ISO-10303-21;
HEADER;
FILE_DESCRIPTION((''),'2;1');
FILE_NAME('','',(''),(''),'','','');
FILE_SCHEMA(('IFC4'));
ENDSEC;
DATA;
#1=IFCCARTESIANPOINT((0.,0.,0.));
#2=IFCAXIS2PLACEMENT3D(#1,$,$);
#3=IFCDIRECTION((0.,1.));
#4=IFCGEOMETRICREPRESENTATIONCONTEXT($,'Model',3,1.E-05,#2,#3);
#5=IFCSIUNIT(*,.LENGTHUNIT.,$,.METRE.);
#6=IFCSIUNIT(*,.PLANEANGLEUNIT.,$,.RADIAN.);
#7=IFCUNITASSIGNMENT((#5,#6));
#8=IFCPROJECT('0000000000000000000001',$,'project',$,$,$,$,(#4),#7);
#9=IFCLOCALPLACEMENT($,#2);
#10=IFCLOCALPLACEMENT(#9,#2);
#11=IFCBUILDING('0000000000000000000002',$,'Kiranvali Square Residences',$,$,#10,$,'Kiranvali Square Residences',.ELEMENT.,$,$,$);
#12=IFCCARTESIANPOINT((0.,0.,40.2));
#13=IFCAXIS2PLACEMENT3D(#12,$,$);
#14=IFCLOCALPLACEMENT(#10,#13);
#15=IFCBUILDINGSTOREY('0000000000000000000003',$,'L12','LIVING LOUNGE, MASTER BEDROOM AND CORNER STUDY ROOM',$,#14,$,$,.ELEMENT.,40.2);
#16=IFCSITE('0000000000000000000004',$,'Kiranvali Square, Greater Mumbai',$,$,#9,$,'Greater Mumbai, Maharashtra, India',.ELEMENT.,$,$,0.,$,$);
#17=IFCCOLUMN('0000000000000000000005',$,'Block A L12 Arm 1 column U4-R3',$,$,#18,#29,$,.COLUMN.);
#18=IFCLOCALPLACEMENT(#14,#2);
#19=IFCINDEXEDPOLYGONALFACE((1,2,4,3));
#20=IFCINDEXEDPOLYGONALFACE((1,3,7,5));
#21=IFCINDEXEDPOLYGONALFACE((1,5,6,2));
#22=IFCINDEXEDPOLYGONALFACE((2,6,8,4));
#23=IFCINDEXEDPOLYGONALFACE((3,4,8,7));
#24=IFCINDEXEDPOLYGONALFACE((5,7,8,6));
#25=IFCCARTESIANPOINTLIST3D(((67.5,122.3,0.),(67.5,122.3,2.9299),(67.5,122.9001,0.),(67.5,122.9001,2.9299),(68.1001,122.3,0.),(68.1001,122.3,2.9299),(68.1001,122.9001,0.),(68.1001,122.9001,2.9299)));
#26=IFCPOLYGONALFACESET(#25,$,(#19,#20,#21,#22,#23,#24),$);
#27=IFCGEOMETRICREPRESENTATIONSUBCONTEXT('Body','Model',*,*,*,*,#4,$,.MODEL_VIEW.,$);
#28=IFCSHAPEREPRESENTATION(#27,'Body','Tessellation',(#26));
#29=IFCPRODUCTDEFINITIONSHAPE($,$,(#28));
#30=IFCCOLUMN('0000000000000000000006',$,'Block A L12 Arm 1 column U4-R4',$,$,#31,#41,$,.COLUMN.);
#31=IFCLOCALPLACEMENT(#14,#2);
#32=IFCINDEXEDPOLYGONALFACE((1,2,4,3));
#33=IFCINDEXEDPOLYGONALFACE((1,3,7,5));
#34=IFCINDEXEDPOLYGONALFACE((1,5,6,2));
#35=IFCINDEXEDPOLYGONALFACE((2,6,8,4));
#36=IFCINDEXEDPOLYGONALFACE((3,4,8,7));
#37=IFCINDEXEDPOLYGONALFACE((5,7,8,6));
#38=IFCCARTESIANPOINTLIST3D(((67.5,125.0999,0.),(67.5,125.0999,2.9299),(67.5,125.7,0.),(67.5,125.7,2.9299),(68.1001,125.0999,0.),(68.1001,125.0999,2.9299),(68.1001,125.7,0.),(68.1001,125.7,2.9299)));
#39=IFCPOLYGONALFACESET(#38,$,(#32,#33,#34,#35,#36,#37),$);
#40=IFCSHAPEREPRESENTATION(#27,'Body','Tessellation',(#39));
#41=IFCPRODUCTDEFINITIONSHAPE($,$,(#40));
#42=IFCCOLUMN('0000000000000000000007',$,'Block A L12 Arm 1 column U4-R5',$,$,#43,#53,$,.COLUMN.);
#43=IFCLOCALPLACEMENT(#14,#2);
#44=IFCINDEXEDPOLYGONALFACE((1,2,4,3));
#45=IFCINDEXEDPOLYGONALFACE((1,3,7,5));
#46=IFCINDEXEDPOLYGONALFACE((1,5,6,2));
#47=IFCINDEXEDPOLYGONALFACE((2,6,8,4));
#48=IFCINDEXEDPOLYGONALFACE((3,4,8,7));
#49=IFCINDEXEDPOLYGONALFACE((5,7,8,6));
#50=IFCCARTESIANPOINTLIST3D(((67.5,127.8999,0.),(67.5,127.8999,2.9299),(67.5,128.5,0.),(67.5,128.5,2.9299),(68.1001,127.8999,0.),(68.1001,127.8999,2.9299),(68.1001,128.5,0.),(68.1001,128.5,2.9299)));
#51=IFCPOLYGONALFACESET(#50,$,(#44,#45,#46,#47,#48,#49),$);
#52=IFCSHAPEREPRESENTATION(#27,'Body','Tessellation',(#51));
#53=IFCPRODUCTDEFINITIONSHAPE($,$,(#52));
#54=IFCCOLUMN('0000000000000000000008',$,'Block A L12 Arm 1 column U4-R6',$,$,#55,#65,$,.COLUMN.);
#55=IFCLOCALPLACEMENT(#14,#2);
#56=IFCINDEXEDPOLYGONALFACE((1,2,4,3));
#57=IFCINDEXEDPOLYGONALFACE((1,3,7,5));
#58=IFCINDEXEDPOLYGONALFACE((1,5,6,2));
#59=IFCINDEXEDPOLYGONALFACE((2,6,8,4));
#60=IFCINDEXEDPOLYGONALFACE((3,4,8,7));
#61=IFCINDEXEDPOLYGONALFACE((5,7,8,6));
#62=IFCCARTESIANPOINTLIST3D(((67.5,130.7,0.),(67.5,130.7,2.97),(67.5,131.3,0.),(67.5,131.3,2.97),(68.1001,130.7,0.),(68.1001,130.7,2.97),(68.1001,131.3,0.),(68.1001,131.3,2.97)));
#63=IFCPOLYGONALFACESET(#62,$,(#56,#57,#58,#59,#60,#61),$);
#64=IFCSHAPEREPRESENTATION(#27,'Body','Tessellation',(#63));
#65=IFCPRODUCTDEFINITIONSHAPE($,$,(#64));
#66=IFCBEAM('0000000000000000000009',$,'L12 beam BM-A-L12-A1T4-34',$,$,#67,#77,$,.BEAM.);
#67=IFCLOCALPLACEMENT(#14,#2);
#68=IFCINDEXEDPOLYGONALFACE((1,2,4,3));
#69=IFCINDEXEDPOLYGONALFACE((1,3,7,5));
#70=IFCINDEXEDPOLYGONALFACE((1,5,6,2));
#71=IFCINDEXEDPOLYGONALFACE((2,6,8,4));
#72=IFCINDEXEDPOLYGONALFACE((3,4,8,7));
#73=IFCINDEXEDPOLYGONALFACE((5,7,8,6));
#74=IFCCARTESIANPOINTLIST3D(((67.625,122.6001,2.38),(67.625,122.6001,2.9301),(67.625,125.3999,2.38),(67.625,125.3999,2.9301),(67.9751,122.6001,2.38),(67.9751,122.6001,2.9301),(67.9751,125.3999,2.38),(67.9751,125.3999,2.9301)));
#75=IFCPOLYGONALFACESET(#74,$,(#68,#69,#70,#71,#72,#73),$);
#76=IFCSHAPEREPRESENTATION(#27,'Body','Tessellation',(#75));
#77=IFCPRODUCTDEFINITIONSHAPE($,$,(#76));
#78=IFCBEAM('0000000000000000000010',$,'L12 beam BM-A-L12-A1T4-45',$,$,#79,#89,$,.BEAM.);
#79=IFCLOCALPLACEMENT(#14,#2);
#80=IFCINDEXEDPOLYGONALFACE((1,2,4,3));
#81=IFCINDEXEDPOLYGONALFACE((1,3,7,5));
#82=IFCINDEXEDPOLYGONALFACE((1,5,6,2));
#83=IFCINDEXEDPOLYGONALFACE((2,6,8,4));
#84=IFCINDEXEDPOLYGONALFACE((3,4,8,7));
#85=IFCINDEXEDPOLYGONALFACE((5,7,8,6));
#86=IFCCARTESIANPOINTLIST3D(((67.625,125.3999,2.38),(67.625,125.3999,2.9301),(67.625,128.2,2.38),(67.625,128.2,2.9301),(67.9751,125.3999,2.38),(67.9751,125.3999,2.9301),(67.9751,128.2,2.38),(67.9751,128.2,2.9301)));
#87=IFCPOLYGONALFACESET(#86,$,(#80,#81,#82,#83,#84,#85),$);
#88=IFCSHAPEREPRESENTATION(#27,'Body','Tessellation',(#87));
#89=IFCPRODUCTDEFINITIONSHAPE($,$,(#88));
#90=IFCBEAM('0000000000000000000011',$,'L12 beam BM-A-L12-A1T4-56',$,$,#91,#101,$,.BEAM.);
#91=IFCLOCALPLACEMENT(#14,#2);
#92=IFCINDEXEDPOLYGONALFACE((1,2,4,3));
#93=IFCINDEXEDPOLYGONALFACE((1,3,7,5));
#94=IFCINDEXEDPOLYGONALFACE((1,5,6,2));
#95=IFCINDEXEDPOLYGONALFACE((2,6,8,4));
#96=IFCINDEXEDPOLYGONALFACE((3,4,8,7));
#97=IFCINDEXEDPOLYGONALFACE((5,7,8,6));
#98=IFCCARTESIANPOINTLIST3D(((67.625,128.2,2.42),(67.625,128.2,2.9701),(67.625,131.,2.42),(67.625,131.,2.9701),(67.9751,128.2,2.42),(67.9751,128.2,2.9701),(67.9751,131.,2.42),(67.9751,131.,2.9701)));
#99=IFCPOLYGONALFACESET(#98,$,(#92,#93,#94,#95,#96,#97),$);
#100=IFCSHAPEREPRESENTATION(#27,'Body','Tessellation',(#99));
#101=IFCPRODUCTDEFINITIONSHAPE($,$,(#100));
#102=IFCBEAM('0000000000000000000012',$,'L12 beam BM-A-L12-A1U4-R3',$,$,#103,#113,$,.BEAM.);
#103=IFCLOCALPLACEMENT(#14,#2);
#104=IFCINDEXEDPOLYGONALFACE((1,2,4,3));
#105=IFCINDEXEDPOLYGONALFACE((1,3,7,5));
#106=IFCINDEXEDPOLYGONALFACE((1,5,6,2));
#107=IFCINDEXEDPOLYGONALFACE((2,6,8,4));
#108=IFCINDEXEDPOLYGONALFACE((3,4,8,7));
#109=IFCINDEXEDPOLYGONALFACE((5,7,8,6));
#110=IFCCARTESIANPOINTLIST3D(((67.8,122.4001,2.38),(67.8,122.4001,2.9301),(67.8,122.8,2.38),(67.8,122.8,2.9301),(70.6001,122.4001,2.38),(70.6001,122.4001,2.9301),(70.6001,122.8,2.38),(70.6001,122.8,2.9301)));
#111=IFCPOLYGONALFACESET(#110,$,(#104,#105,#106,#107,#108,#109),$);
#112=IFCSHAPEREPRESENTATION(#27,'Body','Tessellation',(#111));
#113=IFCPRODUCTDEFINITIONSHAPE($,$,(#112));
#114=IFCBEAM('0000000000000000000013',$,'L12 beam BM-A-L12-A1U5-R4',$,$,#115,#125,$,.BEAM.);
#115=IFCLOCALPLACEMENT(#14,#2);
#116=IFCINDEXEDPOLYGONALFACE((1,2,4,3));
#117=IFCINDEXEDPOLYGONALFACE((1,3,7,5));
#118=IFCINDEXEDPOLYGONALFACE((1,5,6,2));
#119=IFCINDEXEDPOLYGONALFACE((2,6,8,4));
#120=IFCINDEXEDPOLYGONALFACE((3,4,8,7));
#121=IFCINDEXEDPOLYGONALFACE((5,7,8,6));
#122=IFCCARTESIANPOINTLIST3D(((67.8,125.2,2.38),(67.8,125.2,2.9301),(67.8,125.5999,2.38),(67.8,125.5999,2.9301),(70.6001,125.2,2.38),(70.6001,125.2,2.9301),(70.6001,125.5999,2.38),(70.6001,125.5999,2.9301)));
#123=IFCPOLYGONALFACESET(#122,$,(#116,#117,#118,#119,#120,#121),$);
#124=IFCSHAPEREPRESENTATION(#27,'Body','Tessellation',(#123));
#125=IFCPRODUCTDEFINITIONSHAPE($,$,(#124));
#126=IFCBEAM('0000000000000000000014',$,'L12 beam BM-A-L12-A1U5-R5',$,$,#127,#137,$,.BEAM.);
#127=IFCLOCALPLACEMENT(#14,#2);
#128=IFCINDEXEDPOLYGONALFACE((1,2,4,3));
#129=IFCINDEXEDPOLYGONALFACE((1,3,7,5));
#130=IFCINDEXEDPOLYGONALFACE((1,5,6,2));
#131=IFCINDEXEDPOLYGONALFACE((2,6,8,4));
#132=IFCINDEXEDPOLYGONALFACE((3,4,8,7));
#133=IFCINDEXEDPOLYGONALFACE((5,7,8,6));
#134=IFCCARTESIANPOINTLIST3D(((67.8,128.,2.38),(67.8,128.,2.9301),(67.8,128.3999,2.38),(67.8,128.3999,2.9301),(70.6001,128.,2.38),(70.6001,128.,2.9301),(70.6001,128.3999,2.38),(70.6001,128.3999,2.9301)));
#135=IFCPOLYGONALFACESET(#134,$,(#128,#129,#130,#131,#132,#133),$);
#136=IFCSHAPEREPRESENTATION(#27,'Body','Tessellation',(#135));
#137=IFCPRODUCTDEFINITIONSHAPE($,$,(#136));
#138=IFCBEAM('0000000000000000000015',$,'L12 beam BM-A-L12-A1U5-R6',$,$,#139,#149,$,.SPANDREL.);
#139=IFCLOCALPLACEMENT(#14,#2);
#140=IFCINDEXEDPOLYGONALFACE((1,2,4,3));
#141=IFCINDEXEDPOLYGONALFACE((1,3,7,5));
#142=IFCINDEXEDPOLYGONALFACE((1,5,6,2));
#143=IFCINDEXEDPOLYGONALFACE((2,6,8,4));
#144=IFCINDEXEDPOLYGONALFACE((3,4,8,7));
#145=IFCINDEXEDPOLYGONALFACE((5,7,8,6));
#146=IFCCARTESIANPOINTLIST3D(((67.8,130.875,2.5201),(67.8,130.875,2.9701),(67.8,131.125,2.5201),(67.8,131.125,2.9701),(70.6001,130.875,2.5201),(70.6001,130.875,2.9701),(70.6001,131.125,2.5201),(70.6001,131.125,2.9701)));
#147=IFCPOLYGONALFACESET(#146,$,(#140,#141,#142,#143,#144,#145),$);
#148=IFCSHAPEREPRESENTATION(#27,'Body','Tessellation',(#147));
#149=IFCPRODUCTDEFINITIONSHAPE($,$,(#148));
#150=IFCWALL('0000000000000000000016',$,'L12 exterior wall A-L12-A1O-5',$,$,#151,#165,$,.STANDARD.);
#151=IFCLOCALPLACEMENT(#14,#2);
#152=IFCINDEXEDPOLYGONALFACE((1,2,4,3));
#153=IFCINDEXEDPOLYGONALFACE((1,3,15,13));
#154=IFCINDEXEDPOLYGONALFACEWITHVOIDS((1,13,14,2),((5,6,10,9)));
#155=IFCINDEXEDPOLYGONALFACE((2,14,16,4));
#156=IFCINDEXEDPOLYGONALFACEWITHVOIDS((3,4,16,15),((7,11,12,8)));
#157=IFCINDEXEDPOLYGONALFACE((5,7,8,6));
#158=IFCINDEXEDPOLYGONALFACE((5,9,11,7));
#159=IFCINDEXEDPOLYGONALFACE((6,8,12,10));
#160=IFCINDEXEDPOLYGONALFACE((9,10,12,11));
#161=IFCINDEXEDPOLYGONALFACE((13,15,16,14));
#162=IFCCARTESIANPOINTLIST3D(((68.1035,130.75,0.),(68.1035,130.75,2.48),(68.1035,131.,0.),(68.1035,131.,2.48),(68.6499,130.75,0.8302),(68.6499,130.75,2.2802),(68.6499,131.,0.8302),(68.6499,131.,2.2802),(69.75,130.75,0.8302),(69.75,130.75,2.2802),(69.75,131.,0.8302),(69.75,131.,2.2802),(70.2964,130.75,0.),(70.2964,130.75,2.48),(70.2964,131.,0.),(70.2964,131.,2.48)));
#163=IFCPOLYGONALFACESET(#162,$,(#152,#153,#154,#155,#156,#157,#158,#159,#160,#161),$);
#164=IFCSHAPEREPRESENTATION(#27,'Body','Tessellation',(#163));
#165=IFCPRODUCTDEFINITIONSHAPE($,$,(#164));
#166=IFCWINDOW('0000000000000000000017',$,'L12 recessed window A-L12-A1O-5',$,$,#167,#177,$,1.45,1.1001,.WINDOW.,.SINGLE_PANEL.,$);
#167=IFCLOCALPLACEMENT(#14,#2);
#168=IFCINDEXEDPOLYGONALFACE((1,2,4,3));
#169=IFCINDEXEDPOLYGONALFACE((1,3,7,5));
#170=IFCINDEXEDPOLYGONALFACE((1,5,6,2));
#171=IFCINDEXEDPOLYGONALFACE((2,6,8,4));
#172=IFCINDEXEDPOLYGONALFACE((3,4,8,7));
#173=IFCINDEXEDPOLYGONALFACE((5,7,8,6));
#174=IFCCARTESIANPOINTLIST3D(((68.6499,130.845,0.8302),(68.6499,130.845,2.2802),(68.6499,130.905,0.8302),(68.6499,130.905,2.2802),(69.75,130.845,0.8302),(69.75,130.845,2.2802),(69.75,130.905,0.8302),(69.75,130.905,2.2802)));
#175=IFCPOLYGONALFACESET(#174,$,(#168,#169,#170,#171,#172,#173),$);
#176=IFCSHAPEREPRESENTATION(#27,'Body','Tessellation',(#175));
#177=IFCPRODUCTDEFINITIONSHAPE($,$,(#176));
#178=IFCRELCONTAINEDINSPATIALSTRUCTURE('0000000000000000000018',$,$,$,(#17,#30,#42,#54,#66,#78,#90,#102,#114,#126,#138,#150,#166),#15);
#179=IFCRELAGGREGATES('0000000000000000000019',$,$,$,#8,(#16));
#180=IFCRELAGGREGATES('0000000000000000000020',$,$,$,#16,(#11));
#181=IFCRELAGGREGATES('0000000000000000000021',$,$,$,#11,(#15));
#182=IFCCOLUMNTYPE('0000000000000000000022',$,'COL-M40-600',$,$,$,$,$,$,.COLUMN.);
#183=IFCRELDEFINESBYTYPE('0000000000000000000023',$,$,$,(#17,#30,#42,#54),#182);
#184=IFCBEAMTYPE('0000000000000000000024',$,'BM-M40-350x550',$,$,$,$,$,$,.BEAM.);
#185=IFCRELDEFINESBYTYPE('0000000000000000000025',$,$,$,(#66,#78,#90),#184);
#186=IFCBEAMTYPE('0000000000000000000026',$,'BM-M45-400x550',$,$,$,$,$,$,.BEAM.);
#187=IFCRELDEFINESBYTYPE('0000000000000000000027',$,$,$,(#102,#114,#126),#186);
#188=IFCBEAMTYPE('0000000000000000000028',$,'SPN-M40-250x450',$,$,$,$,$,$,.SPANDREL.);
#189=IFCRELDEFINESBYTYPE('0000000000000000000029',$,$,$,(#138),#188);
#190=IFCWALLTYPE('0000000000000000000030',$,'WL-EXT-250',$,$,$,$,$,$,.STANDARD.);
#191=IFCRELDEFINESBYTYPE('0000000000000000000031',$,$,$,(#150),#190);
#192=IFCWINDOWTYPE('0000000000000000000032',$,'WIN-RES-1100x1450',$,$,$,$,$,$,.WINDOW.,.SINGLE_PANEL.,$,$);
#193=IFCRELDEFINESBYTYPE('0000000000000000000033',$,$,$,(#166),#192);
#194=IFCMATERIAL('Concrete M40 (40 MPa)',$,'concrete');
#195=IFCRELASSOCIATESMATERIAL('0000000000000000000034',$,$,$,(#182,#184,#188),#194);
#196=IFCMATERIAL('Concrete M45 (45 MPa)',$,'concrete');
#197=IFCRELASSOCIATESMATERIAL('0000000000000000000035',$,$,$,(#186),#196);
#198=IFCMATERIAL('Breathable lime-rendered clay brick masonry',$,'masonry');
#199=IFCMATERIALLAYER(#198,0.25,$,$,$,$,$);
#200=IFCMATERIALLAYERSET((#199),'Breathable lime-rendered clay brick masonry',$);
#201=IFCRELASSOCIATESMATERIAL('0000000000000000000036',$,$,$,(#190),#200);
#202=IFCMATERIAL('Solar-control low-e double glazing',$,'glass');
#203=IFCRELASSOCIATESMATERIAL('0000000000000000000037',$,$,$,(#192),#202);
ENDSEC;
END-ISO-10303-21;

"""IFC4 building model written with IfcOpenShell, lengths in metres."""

from ifc_helpers import new_model, si_unit, direction, frame, frame_2d, origin, origin_2d, place, context, subcontext, project, spatial, rectangle, extrude, material, layer, layer_set, material_profile, profile_set, type_object, element, fill, save


model = new_model("IFC4")

# Units and contexts
model_context = context("Model", 3, precision=1e-05, world=origin(), true_north=direction((0.0, 1.0)))
body_context = subcontext(model_context, "Body", "Model", "MODEL_VIEW")
ifc_project = project(units=[si_unit("LENGTHUNIT", "METRE"), si_unit("PLANEANGLEUNIT", "RADIAN")], contexts=[model_context])

# Site, building, storey
site_placement = place(None, origin())
site = spatial("IfcSite", under=ifc_project, at=site_placement, Name="Kiranvali Square, Greater Mumbai", LongName="Greater Mumbai, Maharashtra, India", CompositionType="ELEMENT", RefElevation=0.0)
building_placement = place(site_placement, origin())
building = spatial("IfcBuilding", under=site, at=building_placement, Name="Kiranvali Square Residences", LongName="Kiranvali Square Residences", CompositionType="ELEMENT")
storey_placement = place(building_placement, frame((0.0, 0.0, 40.2)))
storey = spatial("IfcBuildingStorey", under=building, at=storey_placement, Name="L12", Description="LIVING LOUNGE, MASTER BEDROOM AND CORNER STUDY ROOM", CompositionType="ELEMENT", Elevation=40.2)

# Columns
ifc_material_1 = material(Name="Concrete M40 (40 MPa)", Category="concrete")
ifc_material_profile_1 = material_profile(ifc_material_1, rectangle(XDim=0.6001, YDim=0.6001, at=origin_2d()), Name="RC 600x600")
ifc_profile_set_1 = profile_set([ifc_material_profile_1], Name="Concrete M40 (40 MPa)")
column_type = type_object("IfcColumnType", Name="COL-M40-600", PredefinedType="COLUMN", material=ifc_profile_set_1)
for number, where, z_axis, x_axis, name in (
    (1, (67.8, 122.6001, 0.0), (0.0, 0.0, 1.0), (1.0, 0.0, 0.0), "Block A L12 Arm 1 column U4-R3"),
    (2, (67.8, 125.3999, 0.0), (0.0, 0.0, 1.0), (1.0, 0.0, 0.0), "Block A L12 Arm 1 column U4-R4"),
    (3, (67.8, 128.2, 0.0), (0.0, 0.0, 1.0), (1.0, 0.0, 0.0), "Block A L12 Arm 1 column U4-R5"),
):
    element("IfcColumn", number, at=place(storey_placement, frame(where, z_axis=z_axis, x_axis=x_axis)), inside=storey, type_object=column_type, Name=name, PredefinedType="COLUMN", context=body_context, shape_type="SweptSolid", body=[
        extrude(rectangle(XDim=0.6001, YDim=0.6001, at=origin_2d()), origin(), (0.0, 0.0, 1.0), 2.9299),
    ])
column_placement = place(storey_placement, frame((67.8, 131.0, 0.0), z_axis=(0.0, 0.0, 1.0), x_axis=(1.0, 0.0, 0.0)))
element("IfcColumn", 4, at=column_placement, inside=storey, type_object=column_type, Name="Block A L12 Arm 1 column U4-R6", PredefinedType="COLUMN", context=body_context, shape_type="SweptSolid", body=[
    extrude(rectangle(XDim=0.6001, YDim=0.6001, at=origin_2d()), origin(), (0.0, 0.0, 1.0), 2.97),
])

# Beams
ifc_material_profile_2 = material_profile(ifc_material_1, rectangle(XDim=0.3501, YDim=0.55, at=origin_2d()), Name="RC 350x550")
ifc_profile_set_2 = profile_set([ifc_material_profile_2], Name="Concrete M40 (40 MPa)")
beam_type_1 = type_object("IfcBeamType", Name="BM-M40-350x550", PredefinedType="BEAM", material=ifc_profile_set_2)
beam_1_placement = place(storey_placement, frame((67.8, 122.6001, 2.655), z_axis=(0.0, 1.0, 0.0), x_axis=(-1.0, 0.0, 0.0)))
element("IfcBeam", 5, at=beam_1_placement, inside=storey, type_object=beam_type_1, Name="L12 beam BM-A-L12-A1T4-34", PredefinedType="BEAM", context=body_context, shape_type="SweptSolid", body=[
    extrude(rectangle(XDim=0.3501, YDim=0.55, at=origin_2d()), origin(), (0.0, 0.0, 1.0), 2.7998),
])
for number, where, z_axis, x_axis, name in (
    (6, (67.8, 125.3999, 2.655), (0.0, 1.0, 0.0), (-1.0, 0.0, 0.0), "L12 beam BM-A-L12-A1T4-45"),
    (7, (67.8, 128.2, 2.6951), (0.0, 1.0, 0.0), (-1.0, 0.0, 0.0), "L12 beam BM-A-L12-A1T4-56"),
):
    element("IfcBeam", number, at=place(storey_placement, frame(where, z_axis=z_axis, x_axis=x_axis)), inside=storey, type_object=beam_type_1, Name=name, PredefinedType="BEAM", context=body_context, shape_type="SweptSolid", body=[
        extrude(rectangle(XDim=0.3501, YDim=0.55, at=origin_2d()), origin(), (0.0, 0.0, 1.0), 2.8),
    ])
ifc_material_2 = material(Name="Concrete M45 (45 MPa)", Category="concrete")
ifc_material_profile_3 = material_profile(ifc_material_2, rectangle(XDim=0.3999, YDim=0.55, at=origin_2d()), Name="RC 400x550")
ifc_profile_set_3 = profile_set([ifc_material_profile_3], Name="Concrete M45 (45 MPa)")
beam_type_2 = type_object("IfcBeamType", Name="BM-M45-400x550", PredefinedType="BEAM", material=ifc_profile_set_3)
for number, where, z_axis, x_axis, name in (
    (8, (67.8, 122.6001, 2.655), (1.0, 0.0, 0.0), (0.0, 1.0, 0.0), "L12 beam BM-A-L12-A1U4-R3"),
    (9, (67.8, 125.3999, 2.655), (1.0, 0.0, 0.0), (0.0, 1.0, 0.0), "L12 beam BM-A-L12-A1U5-R4"),
    (10, (67.8, 128.2, 2.655), (1.0, 0.0, 0.0), (0.0, 1.0, 0.0), "L12 beam BM-A-L12-A1U5-R5"),
):
    element("IfcBeam", number, at=place(storey_placement, frame(where, z_axis=z_axis, x_axis=x_axis)), inside=storey, type_object=beam_type_2, Name=name, PredefinedType="BEAM", context=body_context, shape_type="SweptSolid", body=[
        extrude(rectangle(XDim=0.3999, YDim=0.55, at=origin_2d()), origin(), (0.0, 0.0, 1.0), 2.8),
    ])
ifc_material_profile_4 = material_profile(ifc_material_1, rectangle(XDim=0.25, YDim=0.45, at=origin_2d()), Name="RC 250x450")
ifc_profile_set_4 = profile_set([ifc_material_profile_4], Name="Concrete M40 (40 MPa)")
beam_type_3 = type_object("IfcBeamType", Name="SPN-M40-250x450", PredefinedType="SPANDREL", material=ifc_profile_set_4)
beam_2_placement = place(storey_placement, frame((67.8, 131.0, 2.7451), z_axis=(1.0, 0.0, 0.0), x_axis=(0.0, 1.0, 0.0)))
element("IfcBeam", 11, at=beam_2_placement, inside=storey, type_object=beam_type_3, Name="L12 beam BM-A-L12-A1U5-R6", PredefinedType="SPANDREL", context=body_context, shape_type="SweptSolid", body=[
    extrude(rectangle(XDim=0.25, YDim=0.45, at=origin_2d()), origin(), (0.0, 0.0, 1.0), 2.8),
])

# Wall, opening, window
ifc_material_3 = material(Name="Breathable lime-rendered clay brick masonry", Category="masonry")
ifc_layer_1 = layer(ifc_material_3, 0.25)
ifc_layer_set_1 = layer_set([ifc_layer_1], Name="Breathable lime-rendered clay brick masonry")
wall_type_1 = type_object("IfcWallType", Name="WL-EXT-250", PredefinedType="STANDARD", material=ifc_layer_set_1)
wall_1_placement = place(storey_placement, frame((68.1035, 130.875, 0.0), z_axis=(0.0, 0.0, 1.0), x_axis=(1.0, 0.0, 0.0)))
wall_1 = element("IfcWall", 12, at=wall_1_placement, inside=storey, type_object=wall_type_1, Name="L12 exterior wall A-L12-A1O-5", PredefinedType="STANDARD", context=body_context, shape_type="SweptSolid", body=[
    extrude(rectangle(XDim=2.1929, YDim=0.25, at=frame_2d((1.0964, 0.0))), origin(), (0.0, 0.0, 1.0), 2.48),
])
opening_1_placement = place(wall_1_placement, frame((0.5464, 0.0, 0.8301)))
opening_1 = element("IfcOpeningElement", 13, at=opening_1_placement, cuts=wall_1, PredefinedType="OPENING", context=body_context, shape_type="SweptSolid", body=[
    extrude(rectangle(XDim=1.1001, YDim=1.45, at=frame_2d((0.55, 0.7251))), frame((0.0, 0.135, 0.0), z_axis=(0.0, -1.0, 0.0), x_axis=(1.0, 0.0, 0.0)), (0.0, 0.0, 1.0), 0.27),
])
ifc_material_4 = material(Name="Solar-control low-e double glazing", Category="glass")
window_type_1 = type_object("IfcWindowType", Name="WIN-RES-1100x1450", PartitioningType="SINGLE_PANEL", PredefinedType="WINDOW", material=ifc_material_4)
window_1_placement = place(opening_1_placement, origin())
window_1 = element("IfcWindow", 14, at=window_1_placement, inside=storey, type_object=window_type_1, Name="L12 recessed window A-L12-A1O-5", OverallHeight=1.45, OverallWidth=1.1001, PartitioningType="SINGLE_PANEL", PredefinedType="WINDOW", context=body_context, shape_type="SweptSolid", body=[
    extrude(rectangle(XDim=1.1001, YDim=1.45, at=frame_2d((0.55, 0.7251))), frame((0.0, 0.03, 0.0), z_axis=(0.0, -1.0, 0.0), x_axis=(1.0, 0.0, 0.0)), (0.0, 0.0, 1.0), 0.0601),
])
fill(opening_1, window_1)

save(model, "model.ifc")
